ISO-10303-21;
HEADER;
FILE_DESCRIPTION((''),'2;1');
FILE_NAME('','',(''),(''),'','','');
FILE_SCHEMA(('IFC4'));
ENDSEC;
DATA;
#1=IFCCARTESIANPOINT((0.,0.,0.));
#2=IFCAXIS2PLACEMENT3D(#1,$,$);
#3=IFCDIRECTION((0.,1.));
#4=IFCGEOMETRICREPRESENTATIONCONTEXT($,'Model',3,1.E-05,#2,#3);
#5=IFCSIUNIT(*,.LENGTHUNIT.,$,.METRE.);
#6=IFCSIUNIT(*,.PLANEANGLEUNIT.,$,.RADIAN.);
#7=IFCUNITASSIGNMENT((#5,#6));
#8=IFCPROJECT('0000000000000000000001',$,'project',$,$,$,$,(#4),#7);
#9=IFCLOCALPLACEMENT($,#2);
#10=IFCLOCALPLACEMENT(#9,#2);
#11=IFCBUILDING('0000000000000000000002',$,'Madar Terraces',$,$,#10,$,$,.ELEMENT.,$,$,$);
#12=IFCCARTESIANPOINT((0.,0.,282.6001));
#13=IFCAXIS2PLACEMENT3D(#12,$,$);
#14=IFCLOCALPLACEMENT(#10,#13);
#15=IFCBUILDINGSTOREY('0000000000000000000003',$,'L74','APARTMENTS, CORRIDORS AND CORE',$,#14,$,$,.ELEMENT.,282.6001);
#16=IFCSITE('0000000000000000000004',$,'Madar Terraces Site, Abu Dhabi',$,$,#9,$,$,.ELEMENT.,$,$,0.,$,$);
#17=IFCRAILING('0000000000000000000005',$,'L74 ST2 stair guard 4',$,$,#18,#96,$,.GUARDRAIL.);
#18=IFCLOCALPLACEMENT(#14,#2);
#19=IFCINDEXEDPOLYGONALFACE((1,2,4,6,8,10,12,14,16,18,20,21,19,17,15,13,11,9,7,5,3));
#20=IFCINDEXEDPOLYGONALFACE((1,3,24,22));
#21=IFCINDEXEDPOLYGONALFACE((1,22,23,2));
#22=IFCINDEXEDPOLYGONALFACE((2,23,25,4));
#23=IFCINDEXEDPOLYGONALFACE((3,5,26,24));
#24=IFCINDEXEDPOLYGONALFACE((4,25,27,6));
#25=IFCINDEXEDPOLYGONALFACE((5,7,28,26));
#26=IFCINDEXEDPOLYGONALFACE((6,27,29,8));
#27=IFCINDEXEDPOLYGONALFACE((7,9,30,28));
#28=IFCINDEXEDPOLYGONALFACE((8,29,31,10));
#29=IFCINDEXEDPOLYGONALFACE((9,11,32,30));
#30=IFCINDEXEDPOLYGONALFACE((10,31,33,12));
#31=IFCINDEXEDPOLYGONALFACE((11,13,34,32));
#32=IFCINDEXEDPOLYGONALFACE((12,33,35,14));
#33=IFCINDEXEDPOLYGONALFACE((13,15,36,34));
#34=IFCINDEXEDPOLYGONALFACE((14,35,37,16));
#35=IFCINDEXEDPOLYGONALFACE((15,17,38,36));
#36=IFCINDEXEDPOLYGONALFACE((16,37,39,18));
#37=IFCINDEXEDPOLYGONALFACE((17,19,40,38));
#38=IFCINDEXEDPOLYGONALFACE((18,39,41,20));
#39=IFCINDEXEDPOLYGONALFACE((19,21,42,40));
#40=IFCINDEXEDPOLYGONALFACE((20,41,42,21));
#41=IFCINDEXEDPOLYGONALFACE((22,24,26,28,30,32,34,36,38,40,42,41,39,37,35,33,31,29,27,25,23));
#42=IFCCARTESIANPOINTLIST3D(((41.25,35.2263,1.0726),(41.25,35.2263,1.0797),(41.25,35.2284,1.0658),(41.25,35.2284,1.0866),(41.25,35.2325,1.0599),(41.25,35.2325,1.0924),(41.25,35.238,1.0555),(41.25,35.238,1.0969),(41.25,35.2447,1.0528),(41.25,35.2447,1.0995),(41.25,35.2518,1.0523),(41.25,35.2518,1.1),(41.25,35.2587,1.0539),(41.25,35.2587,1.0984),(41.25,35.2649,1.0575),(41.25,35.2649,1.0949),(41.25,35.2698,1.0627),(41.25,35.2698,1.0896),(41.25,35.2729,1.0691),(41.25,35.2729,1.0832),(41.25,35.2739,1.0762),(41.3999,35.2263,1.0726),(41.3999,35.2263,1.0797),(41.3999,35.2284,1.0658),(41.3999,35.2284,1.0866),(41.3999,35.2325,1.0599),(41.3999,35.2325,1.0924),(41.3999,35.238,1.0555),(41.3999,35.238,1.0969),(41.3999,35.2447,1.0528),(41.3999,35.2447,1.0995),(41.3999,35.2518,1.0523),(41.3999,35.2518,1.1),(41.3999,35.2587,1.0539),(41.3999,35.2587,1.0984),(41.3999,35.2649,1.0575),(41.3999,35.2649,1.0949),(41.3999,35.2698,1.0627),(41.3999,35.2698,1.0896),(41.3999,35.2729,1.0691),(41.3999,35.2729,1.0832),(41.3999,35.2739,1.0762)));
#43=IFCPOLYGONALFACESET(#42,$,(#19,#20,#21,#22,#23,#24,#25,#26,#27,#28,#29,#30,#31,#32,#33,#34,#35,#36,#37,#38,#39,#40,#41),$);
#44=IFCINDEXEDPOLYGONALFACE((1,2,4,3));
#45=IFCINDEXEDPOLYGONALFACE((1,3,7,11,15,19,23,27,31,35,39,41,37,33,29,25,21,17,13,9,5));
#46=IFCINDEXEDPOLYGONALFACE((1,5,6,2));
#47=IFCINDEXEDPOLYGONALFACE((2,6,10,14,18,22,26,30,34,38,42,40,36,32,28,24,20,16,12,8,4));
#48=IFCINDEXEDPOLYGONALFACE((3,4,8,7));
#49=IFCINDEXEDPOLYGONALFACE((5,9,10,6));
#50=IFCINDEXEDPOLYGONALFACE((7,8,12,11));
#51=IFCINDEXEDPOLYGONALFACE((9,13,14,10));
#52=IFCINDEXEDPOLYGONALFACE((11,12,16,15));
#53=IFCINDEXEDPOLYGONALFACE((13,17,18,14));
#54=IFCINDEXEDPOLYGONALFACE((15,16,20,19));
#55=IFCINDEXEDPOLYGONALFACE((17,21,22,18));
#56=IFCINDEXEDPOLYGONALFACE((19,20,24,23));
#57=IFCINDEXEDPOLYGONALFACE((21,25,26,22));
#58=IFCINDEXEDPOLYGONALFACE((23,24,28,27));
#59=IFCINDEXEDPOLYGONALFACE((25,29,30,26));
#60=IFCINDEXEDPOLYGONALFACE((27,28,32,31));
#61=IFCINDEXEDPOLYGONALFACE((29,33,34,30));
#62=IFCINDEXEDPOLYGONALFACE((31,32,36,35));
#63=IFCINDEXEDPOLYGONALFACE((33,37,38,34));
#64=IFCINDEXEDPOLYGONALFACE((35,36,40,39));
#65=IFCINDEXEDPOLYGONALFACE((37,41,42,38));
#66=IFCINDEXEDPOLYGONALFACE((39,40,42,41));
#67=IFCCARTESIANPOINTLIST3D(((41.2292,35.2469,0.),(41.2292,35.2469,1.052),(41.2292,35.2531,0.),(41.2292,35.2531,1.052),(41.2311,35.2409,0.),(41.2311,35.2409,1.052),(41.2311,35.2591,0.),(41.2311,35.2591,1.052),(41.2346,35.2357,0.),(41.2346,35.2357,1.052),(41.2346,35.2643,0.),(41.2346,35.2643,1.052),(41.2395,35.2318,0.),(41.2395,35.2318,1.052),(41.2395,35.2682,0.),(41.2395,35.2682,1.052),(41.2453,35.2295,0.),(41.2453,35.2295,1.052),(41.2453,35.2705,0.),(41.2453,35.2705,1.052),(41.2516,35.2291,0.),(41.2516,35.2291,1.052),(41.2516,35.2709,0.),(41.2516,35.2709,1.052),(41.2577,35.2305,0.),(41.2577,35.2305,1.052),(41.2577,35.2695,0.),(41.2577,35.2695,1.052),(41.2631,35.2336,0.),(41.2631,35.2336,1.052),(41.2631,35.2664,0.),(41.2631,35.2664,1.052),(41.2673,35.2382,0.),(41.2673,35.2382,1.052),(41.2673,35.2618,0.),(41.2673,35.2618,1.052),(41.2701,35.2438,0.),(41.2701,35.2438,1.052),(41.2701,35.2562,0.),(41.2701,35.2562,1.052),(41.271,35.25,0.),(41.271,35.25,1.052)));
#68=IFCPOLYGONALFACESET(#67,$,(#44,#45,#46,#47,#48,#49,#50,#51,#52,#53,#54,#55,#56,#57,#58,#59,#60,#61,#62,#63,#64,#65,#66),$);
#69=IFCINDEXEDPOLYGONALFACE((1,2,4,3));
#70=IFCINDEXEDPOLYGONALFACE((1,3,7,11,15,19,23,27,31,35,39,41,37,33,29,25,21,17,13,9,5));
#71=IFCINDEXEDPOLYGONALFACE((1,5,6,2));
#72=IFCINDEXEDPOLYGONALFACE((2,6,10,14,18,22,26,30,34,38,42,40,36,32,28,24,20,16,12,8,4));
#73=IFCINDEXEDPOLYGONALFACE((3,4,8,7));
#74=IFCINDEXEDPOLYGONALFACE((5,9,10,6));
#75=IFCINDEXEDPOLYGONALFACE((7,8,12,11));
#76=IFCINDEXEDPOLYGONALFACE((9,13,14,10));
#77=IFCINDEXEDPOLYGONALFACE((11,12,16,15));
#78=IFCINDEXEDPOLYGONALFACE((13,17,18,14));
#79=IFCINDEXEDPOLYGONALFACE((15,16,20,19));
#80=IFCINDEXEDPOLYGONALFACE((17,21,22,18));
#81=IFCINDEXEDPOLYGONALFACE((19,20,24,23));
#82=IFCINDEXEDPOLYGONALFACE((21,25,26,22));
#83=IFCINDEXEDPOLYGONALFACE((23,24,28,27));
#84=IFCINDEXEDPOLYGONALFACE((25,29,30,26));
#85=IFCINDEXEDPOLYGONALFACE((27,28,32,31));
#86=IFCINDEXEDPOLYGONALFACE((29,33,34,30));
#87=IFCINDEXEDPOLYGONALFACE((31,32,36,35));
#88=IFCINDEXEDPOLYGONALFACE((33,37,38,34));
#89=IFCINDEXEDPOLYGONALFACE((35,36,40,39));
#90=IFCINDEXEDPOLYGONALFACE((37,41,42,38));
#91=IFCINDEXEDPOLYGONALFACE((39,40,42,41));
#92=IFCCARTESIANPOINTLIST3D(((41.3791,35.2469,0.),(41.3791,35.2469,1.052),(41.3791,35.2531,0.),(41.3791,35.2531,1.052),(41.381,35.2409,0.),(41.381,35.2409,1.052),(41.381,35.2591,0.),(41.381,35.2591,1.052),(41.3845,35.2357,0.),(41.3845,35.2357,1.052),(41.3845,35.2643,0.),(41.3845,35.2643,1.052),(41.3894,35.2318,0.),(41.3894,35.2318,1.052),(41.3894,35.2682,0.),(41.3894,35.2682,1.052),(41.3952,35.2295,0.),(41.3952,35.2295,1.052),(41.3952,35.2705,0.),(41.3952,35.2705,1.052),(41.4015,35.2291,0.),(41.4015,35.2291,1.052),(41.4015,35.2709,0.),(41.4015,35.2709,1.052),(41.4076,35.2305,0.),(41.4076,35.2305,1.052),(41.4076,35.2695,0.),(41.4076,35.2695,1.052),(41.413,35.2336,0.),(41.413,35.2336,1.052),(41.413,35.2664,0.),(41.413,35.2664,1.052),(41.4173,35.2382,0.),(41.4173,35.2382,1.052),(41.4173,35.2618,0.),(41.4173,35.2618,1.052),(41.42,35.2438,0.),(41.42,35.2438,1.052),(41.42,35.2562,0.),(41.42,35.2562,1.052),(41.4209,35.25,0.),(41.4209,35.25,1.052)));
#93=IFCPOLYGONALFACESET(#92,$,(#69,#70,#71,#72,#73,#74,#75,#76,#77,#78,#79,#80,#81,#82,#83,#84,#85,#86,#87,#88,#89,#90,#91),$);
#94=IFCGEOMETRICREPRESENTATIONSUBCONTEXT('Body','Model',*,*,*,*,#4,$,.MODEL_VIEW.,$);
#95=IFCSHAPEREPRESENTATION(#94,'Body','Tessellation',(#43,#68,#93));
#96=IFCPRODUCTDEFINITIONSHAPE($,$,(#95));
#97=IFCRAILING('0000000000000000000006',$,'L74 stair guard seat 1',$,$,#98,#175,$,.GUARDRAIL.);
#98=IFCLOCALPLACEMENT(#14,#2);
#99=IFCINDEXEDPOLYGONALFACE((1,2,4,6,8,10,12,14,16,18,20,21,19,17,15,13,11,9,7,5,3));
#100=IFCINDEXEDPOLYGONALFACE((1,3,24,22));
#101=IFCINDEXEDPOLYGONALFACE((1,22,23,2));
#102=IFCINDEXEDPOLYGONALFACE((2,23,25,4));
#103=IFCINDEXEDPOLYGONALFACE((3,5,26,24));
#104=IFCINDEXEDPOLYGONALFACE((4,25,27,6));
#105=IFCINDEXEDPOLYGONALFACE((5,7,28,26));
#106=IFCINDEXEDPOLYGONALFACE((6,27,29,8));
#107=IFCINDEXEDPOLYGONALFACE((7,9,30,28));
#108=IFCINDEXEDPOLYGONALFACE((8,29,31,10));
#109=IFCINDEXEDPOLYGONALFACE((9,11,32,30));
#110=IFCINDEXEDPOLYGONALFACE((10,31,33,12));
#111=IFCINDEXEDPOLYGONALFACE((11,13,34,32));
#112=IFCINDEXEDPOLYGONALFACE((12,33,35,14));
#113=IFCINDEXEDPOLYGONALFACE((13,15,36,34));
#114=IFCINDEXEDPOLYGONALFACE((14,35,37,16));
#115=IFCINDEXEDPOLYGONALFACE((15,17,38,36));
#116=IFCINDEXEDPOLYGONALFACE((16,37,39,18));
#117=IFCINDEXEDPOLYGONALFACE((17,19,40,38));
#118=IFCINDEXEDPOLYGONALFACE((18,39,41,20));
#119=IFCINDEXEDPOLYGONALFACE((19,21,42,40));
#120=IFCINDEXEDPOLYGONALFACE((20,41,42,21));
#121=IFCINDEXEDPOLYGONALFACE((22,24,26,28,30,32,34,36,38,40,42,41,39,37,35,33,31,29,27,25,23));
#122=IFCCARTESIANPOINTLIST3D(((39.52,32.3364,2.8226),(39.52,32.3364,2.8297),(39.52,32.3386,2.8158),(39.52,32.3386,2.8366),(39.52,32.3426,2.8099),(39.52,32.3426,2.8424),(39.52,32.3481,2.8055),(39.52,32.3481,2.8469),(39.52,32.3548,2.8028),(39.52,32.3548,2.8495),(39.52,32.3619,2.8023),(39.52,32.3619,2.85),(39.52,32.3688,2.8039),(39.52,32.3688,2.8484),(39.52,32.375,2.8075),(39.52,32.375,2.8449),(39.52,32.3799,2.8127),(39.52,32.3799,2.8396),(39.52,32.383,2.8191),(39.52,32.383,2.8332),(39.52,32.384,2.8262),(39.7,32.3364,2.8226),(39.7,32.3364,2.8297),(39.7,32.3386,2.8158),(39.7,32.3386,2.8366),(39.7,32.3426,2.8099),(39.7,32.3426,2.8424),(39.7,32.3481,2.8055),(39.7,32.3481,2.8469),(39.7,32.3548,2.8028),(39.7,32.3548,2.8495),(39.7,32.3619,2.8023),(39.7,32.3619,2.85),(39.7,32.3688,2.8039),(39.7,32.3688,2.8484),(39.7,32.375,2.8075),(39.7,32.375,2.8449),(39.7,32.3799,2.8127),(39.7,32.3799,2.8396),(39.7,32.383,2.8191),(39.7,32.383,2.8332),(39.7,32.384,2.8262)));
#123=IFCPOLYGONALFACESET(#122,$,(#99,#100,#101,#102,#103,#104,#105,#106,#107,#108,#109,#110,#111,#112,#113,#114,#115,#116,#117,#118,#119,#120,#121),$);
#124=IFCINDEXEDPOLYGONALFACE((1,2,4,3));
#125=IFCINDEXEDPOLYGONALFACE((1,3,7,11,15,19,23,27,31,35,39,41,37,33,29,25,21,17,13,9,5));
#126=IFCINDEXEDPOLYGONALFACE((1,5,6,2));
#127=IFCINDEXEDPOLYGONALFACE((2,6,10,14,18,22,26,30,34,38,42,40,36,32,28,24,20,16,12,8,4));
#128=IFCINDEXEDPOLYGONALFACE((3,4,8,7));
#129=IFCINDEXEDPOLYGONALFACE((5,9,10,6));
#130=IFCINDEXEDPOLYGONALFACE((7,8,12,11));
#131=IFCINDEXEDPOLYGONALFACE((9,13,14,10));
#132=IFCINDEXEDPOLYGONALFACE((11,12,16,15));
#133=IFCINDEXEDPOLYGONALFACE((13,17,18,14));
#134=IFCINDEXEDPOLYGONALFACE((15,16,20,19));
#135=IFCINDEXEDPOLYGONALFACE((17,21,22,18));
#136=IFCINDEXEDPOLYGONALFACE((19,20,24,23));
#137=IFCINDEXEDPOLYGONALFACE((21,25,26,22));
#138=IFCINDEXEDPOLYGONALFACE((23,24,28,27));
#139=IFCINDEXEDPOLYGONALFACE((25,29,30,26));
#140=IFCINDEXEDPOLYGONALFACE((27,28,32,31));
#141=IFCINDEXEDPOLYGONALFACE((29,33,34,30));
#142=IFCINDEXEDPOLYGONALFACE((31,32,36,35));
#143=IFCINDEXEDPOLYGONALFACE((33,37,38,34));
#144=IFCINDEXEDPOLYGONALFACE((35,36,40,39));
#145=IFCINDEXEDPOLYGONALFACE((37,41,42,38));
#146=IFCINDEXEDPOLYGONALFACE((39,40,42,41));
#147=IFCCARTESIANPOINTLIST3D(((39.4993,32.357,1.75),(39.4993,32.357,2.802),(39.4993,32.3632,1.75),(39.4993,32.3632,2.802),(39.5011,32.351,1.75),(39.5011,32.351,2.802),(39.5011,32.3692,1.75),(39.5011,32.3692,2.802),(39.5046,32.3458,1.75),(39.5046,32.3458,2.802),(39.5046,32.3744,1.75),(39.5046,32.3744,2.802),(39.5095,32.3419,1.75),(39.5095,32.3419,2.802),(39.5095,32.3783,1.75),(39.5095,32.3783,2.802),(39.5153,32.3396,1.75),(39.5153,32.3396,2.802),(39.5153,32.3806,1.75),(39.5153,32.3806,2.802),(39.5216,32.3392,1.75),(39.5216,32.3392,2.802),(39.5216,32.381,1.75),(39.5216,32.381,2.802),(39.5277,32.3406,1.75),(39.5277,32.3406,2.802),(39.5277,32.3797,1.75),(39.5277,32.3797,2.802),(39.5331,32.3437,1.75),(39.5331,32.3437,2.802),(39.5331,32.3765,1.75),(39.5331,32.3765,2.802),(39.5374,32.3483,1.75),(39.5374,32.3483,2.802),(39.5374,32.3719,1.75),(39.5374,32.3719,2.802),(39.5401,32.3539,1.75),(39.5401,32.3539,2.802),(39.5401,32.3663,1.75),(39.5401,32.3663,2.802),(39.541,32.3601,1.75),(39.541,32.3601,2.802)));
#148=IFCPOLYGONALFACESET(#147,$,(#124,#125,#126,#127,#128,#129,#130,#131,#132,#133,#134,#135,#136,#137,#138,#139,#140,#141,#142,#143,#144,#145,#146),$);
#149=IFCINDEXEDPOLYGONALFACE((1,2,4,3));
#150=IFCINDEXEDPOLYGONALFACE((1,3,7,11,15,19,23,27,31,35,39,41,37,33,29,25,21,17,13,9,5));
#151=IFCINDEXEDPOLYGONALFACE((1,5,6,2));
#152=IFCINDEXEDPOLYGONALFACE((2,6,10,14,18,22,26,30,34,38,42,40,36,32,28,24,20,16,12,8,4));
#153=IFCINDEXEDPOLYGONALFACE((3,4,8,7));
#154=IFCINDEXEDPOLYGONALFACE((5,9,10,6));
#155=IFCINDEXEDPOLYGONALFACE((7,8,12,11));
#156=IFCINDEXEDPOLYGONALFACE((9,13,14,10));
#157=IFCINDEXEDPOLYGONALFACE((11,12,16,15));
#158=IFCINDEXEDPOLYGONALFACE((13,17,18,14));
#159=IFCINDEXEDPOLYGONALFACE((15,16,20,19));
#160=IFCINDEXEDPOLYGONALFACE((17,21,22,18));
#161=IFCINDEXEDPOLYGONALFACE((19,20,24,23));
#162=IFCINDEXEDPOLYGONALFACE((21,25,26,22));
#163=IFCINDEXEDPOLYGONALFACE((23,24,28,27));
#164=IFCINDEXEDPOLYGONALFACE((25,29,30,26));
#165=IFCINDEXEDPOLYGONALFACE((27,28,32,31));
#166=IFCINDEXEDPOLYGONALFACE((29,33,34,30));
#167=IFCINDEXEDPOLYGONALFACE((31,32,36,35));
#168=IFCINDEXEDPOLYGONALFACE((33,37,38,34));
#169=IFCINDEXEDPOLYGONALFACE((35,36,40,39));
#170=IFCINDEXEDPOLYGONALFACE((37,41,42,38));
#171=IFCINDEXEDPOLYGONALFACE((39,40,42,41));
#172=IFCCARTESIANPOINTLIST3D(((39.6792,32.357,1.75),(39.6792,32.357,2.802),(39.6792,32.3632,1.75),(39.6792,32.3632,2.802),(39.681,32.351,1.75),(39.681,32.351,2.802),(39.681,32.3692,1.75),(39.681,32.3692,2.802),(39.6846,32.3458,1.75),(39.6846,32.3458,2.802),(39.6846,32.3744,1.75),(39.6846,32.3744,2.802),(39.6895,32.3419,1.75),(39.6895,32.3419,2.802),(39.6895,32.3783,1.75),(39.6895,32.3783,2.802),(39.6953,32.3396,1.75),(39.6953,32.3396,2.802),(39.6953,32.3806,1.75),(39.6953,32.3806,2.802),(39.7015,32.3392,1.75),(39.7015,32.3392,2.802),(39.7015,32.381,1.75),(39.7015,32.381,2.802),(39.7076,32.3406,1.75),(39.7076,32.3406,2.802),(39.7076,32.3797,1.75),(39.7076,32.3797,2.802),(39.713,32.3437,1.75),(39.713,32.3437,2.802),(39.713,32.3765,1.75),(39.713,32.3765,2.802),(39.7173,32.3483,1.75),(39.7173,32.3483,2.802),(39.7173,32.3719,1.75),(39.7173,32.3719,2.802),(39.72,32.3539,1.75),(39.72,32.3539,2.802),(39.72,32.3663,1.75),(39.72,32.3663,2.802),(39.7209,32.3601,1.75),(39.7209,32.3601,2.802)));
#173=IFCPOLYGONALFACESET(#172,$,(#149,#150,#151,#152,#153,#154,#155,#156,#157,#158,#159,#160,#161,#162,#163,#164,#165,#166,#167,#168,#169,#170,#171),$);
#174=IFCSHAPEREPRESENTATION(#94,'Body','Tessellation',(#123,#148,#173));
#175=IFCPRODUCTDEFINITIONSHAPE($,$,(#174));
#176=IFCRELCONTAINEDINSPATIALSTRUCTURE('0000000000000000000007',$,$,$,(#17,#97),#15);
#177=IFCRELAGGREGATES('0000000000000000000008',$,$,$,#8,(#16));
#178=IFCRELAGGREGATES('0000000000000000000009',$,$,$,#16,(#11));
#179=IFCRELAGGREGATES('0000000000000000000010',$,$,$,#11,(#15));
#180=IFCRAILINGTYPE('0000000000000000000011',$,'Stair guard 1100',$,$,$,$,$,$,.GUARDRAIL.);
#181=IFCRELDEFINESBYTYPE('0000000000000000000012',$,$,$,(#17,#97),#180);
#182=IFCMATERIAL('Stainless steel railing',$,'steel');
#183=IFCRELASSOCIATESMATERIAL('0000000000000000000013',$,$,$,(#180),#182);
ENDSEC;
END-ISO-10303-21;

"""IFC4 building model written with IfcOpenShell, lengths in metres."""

from ifc_helpers import new_model, si_unit, direction, frame, origin, origin_2d, place, context, subcontext, project, spatial, circle, extrude, material, type_object, element, save


model = new_model("IFC4")

# Units and contexts
model_context = context("Model", 3, precision=1e-05, world=origin(), true_north=direction((0.0, 1.0)))
body_context = subcontext(model_context, "Body", "Model", "MODEL_VIEW")
ifc_project = project(units=[si_unit("LENGTHUNIT", "METRE"), si_unit("PLANEANGLEUNIT", "RADIAN")], contexts=[model_context])

# Site, building, storey
site_placement = place(None, origin())
site = spatial("IfcSite", under=ifc_project, at=site_placement, Name="Madar Terraces Site, Abu Dhabi", CompositionType="ELEMENT", RefElevation=0.0)
building_placement = place(site_placement, origin())
building = spatial("IfcBuilding", under=site, at=building_placement, Name="Madar Terraces", CompositionType="ELEMENT")
storey_placement = place(building_placement, frame((0.0, 0.0, 282.6001)))
storey = spatial("IfcBuildingStorey", under=building, at=storey_placement, Name="L74", Description="APARTMENTS, CORRIDORS AND CORE", CompositionType="ELEMENT", Elevation=282.6001)

# Railings
ifc_material_1 = material(Name="Stainless steel railing", Category="steel")
railing_type_1 = type_object("IfcRailingType", Name="Stair guard 1100", PredefinedType="GUARDRAIL", material=ifc_material_1)
railing_1_placement = place(storey_placement, frame((41.25, 35.25, 0.0)))
element("IfcRailing", 1, at=railing_1_placement, inside=storey, type_object=railing_type_1, Name="L74 ST2 stair guard 4", PredefinedType="GUARDRAIL", context=body_context, shape_type="SweptSolid", body=[
    extrude(circle(Radius=0.0239, at=origin_2d()), frame((0.0, 0.0, 1.0762), z_axis=(1.0, 0.0, 0.0), x_axis=(0.0, 1.0, 0.0)), (0.0, 0.0, 1.0), 0.1499),
    extrude(circle(Radius=0.021, at=origin_2d()), origin(), (0.0, 0.0, 1.0), 1.052),
    extrude(circle(Radius=0.021, at=origin_2d()), frame((0.1499, 0.0, 0.0)), (0.0, 0.0, 1.0), 1.052),
])
for number, where, name in (
    (2, (39.52, 32.3601, 1.75), "L74 stair guard seat 1"),
):
    element("IfcRailing", number, at=place(storey_placement, frame(where)), inside=storey, type_object=railing_type_1, Name=name, PredefinedType="GUARDRAIL", context=body_context, shape_type="SweptSolid", body=[
        extrude(circle(Radius=0.0239, at=origin_2d()), frame((0.0, 0.0, 1.0762), z_axis=(1.0, 0.0, 0.0), x_axis=(0.0, 1.0, 0.0)), (0.0, 0.0, 1.0), 0.1799),
        extrude(circle(Radius=0.021, at=origin_2d()), origin(), (0.0, 0.0, 1.0), 1.052),
        extrude(circle(Radius=0.021, at=origin_2d()), frame((0.1799, 0.0, 0.0)), (0.0, 0.0, 1.0), 1.052),
    ])

save(model, "model.ifc")
